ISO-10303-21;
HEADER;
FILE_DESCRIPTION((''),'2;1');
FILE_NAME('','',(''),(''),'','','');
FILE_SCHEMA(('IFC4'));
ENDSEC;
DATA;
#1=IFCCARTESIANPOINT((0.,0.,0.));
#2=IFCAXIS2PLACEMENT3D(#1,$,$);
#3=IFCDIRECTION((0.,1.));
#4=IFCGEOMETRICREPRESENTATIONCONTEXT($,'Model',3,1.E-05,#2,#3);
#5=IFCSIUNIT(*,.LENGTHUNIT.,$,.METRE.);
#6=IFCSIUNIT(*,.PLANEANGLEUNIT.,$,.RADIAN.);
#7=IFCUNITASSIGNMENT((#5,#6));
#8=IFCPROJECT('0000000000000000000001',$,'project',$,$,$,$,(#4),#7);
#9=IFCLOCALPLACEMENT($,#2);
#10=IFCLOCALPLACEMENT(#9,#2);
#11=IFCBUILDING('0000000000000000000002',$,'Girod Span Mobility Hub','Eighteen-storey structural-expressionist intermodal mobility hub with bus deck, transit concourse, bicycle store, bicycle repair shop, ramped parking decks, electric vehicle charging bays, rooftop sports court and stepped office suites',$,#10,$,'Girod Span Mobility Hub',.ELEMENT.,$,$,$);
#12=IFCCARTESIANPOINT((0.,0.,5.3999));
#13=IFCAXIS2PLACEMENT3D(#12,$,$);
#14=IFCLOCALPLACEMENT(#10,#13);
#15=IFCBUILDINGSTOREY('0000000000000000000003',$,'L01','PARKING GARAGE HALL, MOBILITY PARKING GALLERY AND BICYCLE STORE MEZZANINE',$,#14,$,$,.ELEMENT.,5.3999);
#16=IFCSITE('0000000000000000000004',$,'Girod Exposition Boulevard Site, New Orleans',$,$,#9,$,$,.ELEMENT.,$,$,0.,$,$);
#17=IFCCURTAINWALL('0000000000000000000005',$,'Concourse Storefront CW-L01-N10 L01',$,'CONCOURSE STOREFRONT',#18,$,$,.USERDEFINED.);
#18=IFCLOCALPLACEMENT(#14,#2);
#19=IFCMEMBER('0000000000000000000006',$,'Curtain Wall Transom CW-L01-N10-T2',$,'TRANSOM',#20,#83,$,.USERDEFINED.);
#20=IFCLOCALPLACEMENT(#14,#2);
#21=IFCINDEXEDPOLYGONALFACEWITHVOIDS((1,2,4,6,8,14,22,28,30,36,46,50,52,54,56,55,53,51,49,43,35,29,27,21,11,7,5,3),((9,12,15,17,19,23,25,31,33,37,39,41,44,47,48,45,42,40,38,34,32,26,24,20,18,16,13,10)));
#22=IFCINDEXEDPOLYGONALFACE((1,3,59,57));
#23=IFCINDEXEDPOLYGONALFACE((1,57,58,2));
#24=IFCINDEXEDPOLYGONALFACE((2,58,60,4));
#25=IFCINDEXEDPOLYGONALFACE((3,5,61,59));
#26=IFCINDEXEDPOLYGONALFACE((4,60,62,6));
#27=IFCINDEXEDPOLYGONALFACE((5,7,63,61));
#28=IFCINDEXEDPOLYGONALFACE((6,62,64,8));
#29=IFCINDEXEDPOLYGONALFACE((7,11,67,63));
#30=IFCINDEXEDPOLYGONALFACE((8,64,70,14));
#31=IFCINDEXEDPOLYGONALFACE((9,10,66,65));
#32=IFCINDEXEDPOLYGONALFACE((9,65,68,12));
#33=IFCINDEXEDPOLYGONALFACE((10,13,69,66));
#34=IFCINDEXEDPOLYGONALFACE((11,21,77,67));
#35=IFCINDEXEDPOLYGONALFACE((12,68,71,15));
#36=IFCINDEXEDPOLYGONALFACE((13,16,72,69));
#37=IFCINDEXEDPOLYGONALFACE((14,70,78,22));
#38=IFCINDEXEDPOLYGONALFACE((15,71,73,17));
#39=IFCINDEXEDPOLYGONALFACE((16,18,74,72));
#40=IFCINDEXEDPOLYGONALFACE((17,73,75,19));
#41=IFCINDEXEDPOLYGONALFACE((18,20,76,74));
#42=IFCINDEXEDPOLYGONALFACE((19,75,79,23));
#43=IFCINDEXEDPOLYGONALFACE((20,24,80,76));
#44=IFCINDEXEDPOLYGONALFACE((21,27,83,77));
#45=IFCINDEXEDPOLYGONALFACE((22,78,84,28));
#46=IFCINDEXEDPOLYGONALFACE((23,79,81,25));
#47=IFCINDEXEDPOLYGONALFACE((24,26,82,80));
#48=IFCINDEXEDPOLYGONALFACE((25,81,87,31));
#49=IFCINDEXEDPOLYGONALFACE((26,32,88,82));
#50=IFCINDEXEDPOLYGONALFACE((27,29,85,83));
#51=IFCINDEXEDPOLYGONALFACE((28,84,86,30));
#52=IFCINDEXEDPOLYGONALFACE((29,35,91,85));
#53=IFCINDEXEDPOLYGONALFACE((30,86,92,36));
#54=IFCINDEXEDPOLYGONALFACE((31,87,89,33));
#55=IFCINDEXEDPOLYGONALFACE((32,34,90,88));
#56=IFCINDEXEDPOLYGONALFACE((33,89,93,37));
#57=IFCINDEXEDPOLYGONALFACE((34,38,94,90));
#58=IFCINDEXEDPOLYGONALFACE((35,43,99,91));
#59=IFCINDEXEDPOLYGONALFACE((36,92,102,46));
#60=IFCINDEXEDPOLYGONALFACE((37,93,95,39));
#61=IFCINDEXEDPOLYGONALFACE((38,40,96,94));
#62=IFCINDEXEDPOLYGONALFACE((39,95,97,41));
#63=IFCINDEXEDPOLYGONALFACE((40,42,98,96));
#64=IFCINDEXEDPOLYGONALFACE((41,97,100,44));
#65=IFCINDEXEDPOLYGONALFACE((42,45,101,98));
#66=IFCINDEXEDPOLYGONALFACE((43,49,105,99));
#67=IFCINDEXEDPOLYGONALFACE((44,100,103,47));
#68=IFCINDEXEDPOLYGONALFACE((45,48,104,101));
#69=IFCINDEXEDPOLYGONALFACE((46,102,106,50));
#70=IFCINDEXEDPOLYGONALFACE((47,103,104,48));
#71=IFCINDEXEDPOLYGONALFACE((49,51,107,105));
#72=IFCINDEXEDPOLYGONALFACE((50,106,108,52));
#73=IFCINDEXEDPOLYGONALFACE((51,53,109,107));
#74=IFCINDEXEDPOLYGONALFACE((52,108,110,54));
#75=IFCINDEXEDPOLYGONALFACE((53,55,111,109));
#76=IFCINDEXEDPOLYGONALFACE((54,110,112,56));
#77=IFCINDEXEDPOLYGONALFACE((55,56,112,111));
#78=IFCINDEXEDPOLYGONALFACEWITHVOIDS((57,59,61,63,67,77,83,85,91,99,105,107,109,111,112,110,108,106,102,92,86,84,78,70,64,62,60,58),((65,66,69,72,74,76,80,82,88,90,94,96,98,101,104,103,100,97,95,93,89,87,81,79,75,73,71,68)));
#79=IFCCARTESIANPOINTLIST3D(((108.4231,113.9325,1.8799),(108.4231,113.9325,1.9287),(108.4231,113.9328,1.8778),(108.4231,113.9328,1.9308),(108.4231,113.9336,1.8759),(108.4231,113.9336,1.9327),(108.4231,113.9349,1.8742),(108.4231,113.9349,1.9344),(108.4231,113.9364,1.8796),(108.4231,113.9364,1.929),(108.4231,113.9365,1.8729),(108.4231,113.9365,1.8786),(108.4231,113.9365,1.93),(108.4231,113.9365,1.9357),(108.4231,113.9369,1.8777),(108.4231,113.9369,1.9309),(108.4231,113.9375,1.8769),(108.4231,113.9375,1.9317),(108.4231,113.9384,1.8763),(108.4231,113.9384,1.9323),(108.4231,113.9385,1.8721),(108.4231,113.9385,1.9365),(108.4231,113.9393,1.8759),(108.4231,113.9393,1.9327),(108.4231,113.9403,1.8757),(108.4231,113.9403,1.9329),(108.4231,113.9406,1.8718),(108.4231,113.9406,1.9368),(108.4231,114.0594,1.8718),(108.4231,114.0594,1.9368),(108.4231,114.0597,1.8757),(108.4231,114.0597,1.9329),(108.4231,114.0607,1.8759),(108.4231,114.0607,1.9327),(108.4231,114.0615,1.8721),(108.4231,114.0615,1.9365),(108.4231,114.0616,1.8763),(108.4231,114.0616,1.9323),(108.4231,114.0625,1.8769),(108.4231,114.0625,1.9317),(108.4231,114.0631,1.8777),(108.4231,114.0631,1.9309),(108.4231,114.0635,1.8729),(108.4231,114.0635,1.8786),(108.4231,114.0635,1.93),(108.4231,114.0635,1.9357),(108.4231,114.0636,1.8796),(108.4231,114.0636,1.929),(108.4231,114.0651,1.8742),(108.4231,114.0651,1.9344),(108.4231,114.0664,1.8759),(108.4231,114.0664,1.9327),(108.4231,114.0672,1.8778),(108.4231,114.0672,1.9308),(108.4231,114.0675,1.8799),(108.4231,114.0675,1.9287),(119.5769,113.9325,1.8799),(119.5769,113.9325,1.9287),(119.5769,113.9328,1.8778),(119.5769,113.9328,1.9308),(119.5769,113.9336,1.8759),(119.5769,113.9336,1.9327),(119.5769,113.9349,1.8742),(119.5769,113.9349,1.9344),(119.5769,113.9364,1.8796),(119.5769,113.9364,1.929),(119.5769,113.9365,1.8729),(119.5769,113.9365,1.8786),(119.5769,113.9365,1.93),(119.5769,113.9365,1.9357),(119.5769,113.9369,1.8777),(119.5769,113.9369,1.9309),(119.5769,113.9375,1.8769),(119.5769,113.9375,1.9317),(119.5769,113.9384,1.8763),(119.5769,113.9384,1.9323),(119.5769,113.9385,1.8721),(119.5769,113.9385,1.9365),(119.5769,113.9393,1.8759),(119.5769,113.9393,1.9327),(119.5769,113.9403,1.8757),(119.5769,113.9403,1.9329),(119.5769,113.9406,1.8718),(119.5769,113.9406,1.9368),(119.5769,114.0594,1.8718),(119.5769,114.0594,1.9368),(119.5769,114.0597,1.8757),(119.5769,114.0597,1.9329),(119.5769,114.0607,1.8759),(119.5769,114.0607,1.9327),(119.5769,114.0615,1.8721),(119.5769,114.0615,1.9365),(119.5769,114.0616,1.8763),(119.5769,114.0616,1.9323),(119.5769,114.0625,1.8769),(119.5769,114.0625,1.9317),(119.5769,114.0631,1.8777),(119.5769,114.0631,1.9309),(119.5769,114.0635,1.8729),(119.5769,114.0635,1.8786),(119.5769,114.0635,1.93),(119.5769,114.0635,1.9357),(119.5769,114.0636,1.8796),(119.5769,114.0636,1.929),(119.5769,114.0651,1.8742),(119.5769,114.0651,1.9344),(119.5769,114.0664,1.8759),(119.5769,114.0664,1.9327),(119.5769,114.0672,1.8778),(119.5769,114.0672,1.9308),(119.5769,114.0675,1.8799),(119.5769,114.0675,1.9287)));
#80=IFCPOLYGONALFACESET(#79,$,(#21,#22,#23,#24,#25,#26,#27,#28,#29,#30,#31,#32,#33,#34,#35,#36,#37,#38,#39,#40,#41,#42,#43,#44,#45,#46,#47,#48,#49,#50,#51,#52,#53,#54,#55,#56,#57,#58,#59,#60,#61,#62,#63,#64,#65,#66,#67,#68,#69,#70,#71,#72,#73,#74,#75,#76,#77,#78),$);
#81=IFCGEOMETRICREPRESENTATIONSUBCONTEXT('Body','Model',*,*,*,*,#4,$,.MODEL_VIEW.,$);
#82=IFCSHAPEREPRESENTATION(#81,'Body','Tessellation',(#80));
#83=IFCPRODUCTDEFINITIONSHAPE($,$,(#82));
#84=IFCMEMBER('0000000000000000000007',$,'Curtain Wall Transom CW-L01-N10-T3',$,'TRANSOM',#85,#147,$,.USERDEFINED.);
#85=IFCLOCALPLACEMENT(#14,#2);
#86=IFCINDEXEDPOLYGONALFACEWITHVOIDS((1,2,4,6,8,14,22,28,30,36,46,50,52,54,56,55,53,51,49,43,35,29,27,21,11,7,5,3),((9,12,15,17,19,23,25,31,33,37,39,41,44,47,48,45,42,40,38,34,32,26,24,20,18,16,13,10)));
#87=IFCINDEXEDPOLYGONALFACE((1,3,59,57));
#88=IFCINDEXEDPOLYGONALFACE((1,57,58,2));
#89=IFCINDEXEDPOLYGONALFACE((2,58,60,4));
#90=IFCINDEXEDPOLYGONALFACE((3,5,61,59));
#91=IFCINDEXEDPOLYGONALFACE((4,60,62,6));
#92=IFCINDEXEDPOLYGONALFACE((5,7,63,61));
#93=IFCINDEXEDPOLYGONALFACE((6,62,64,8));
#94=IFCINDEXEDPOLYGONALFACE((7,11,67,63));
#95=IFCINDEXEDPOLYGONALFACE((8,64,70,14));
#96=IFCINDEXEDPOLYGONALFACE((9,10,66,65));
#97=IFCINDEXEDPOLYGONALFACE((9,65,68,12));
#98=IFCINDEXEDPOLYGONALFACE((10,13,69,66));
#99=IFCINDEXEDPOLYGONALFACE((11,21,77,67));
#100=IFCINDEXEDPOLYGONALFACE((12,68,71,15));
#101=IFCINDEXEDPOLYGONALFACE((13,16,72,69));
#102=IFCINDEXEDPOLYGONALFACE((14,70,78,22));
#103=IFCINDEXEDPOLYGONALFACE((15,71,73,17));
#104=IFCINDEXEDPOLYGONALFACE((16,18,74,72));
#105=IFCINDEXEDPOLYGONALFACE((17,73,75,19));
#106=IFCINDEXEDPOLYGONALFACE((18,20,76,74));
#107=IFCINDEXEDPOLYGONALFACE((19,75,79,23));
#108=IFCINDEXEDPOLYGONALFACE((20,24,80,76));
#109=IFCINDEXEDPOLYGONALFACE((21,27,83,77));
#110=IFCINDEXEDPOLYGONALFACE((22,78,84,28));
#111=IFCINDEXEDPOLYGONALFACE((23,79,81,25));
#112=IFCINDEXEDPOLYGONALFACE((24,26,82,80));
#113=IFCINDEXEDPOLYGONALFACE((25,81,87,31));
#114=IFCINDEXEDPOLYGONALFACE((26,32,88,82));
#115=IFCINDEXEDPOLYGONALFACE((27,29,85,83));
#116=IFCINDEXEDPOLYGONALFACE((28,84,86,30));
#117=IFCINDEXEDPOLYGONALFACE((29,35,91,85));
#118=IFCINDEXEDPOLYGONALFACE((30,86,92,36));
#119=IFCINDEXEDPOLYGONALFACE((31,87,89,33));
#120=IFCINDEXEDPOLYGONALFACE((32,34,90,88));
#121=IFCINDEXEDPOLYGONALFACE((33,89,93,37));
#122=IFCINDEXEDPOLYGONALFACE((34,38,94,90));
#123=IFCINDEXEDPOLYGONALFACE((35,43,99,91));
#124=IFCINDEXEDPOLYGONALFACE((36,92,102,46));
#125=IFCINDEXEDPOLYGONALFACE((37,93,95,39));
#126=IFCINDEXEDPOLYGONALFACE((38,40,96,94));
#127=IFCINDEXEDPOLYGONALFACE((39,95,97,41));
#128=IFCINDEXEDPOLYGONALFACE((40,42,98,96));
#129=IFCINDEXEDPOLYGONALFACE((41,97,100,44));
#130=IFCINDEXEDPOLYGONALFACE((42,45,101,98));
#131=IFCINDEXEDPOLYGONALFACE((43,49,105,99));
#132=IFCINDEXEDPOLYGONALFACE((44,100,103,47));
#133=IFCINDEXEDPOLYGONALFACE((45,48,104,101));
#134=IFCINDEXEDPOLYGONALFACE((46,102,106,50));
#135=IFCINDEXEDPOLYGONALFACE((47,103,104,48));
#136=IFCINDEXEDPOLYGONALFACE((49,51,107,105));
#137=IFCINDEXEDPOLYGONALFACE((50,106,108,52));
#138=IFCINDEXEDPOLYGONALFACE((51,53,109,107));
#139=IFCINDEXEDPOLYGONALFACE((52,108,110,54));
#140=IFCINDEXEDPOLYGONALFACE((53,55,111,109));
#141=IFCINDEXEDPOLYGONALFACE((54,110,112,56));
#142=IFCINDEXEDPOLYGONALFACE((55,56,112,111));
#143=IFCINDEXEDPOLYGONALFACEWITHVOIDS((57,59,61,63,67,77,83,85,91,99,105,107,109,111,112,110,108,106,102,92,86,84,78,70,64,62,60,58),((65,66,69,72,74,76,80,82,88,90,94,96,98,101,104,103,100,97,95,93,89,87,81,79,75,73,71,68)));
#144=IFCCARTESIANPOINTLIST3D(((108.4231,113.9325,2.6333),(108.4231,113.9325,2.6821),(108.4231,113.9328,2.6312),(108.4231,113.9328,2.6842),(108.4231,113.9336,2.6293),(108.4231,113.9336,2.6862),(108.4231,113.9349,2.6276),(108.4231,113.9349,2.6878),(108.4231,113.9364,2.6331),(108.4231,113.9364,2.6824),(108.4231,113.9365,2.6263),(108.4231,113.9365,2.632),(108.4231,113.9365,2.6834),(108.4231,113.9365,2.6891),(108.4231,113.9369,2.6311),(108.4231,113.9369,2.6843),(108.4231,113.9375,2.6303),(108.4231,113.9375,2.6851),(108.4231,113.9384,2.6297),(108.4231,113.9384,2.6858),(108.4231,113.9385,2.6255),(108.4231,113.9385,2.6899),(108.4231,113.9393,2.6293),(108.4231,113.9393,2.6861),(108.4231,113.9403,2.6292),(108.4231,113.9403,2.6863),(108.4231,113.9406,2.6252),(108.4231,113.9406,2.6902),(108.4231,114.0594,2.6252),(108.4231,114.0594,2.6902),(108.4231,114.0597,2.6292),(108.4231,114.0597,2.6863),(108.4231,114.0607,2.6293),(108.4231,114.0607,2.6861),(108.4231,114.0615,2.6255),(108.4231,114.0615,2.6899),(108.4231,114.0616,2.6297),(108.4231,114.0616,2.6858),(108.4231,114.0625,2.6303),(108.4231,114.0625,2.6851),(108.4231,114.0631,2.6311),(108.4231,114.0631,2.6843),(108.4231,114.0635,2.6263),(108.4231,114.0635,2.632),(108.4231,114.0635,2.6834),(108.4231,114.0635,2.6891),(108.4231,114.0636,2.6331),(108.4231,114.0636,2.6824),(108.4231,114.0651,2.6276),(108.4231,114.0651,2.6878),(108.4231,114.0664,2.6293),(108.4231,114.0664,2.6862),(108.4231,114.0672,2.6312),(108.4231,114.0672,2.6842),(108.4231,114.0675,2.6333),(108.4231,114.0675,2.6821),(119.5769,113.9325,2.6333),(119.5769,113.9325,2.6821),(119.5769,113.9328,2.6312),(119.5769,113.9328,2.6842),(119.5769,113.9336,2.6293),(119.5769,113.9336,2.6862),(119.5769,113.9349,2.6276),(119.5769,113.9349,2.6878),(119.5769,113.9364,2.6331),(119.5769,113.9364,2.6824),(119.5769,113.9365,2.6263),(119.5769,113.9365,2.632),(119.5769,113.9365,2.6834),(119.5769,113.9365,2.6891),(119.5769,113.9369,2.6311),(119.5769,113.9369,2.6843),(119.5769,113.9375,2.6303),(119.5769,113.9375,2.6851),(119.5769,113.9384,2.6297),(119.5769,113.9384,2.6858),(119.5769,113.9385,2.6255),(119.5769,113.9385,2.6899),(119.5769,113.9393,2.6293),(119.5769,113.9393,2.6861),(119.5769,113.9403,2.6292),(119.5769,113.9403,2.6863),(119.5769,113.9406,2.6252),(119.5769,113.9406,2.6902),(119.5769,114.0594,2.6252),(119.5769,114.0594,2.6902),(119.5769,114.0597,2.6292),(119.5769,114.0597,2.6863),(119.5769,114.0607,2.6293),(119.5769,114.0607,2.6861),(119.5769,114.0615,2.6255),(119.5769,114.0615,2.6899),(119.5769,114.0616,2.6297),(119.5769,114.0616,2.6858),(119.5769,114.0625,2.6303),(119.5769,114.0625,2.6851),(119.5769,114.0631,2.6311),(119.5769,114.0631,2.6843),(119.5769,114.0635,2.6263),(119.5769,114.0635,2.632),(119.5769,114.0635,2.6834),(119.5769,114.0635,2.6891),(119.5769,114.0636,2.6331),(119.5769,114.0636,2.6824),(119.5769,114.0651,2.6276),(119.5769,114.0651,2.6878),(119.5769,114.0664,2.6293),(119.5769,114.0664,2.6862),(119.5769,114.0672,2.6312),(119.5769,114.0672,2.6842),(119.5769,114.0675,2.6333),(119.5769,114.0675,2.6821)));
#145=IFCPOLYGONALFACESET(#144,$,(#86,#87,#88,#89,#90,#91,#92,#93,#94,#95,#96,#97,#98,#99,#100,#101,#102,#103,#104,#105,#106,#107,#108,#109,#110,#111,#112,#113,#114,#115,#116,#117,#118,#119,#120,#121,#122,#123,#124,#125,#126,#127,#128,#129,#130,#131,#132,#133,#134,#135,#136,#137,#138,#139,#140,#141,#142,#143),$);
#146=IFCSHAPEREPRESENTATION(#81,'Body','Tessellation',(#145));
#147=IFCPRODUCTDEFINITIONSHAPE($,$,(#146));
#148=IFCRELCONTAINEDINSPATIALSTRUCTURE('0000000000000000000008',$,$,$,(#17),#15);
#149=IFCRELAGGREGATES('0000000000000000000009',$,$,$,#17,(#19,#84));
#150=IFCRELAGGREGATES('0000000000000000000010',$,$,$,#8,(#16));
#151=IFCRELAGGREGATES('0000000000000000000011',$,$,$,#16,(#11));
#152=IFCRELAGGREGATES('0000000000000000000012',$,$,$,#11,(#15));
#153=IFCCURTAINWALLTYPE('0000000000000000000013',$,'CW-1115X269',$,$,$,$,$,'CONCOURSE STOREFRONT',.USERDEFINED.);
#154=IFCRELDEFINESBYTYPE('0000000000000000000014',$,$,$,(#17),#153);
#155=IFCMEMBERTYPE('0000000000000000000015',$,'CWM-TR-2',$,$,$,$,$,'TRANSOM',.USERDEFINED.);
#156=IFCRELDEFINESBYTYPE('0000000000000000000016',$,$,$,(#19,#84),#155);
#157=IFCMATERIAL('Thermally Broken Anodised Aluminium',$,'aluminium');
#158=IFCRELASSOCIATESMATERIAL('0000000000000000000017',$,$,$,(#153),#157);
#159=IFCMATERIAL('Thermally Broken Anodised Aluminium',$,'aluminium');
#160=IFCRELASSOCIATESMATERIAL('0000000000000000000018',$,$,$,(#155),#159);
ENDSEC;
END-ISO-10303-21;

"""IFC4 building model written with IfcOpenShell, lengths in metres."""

from ifc_helpers import new_model, si_unit, direction, frame, origin, origin_2d, place, context, subcontext, project, spatial, hollow_rectangle, extrude, material, material_profile, profile_set, type_object, element, aggregate, save


model = new_model("IFC4")

# Units and contexts
model_context = context("Model", 3, precision=1e-05, world=origin(), true_north=direction((0.0, 1.0)))
body_context = subcontext(model_context, "Body", "Model", "MODEL_VIEW")
ifc_project = project(units=[si_unit("LENGTHUNIT", "METRE"), si_unit("PLANEANGLEUNIT", "RADIAN")], contexts=[model_context])

# Site, building, storey
site_placement = place(None, origin())
site = spatial("IfcSite", under=ifc_project, at=site_placement, Name="Girod Exposition Boulevard Site, New Orleans", CompositionType="ELEMENT", RefElevation=0.0)
building_placement = place(site_placement, origin())
building = spatial("IfcBuilding", under=site, at=building_placement, Name="Girod Span Mobility Hub", Description="Eighteen-storey structural-expressionist intermodal mobility hub with bus deck, transit concourse, bicycle store, bicycle repair shop, ramped parking decks, electric vehicle charging bays, rooftop sports court and stepped office suites", LongName="Girod Span Mobility Hub", CompositionType="ELEMENT")
storey_placement = place(building_placement, frame((0.0, 0.0, 5.3999)))
storey = spatial("IfcBuildingStorey", under=building, at=storey_placement, Name="L01", Description="PARKING GARAGE HALL, MOBILITY PARKING GALLERY AND BICYCLE STORE MEZZANINE", CompositionType="ELEMENT", Elevation=5.3999)

# Curtain wall, members
ifc_material_1 = material(Name="Thermally Broken Anodised Aluminium", Category="aluminium")
curtain_wall_type = type_object("IfcCurtainWallType", Name="CW-1115X269", ElementType="CONCOURSE STOREFRONT", PredefinedType="USERDEFINED", material=ifc_material_1)
curtain_wall_placement = place(storey_placement, origin())
curtain_wall = element("IfcCurtainWall", 1, at=curtain_wall_placement, inside=storey, type_object=curtain_wall_type, Name="Concourse Storefront CW-L01-N10 L01", ObjectType="CONCOURSE STOREFRONT", PredefinedType="USERDEFINED")
ifc_material_2 = material(Name="Thermally Broken Anodised Aluminium", Category="aluminium")
ifc_material_profile_1 = material_profile(ifc_material_2, hollow_rectangle(XDim=0.135, YDim=0.0649, WallThickness=0.0039, InnerFilletRadius=0.0039, OuterFilletRadius=0.0081, at=origin_2d()), Name="CW-TR-65X135")
ifc_profile_set_1 = profile_set([ifc_material_profile_1], Name="Thermally Broken Anodised Aluminium")
member_type_1 = type_object("IfcMemberType", Name="CWM-TR-2", ElementType="TRANSOM", PredefinedType="USERDEFINED", material=ifc_profile_set_1)
member_1_placement = place(storey_placement, frame((108.4231, 114.0, 1.9043), z_axis=(1.0, 0.0, 0.0), x_axis=(0.0, 1.0, 0.0)))
member_1 = element("IfcMember", 2, at=member_1_placement, type_object=member_type_1, Name="Curtain Wall Transom CW-L01-N10-T2", ObjectType="TRANSOM", PredefinedType="USERDEFINED", context=body_context, shape_type="SweptSolid", body=[
    extrude(hollow_rectangle(XDim=0.135, YDim=0.0649, WallThickness=0.0039, InnerFilletRadius=0.0039, OuterFilletRadius=0.0081, at=origin_2d()), origin(), (0.0, 0.0, 1.0), 11.1538),
])
member_2_placement = place(storey_placement, frame((108.4231, 114.0, 2.6577), z_axis=(1.0, 0.0, 0.0), x_axis=(0.0, 1.0, 0.0)))
member_2 = element("IfcMember", 3, at=member_2_placement, type_object=member_type_1, Name="Curtain Wall Transom CW-L01-N10-T3", ObjectType="TRANSOM", PredefinedType="USERDEFINED", context=body_context, shape_type="SweptSolid", body=[
    extrude(hollow_rectangle(XDim=0.135, YDim=0.0649, WallThickness=0.0039, InnerFilletRadius=0.0039, OuterFilletRadius=0.0081, at=origin_2d()), origin(), (0.0, 0.0, 1.0), 11.1538),
])

aggregate(curtain_wall, [member_1, member_2])

save(model, "model.ifc")
